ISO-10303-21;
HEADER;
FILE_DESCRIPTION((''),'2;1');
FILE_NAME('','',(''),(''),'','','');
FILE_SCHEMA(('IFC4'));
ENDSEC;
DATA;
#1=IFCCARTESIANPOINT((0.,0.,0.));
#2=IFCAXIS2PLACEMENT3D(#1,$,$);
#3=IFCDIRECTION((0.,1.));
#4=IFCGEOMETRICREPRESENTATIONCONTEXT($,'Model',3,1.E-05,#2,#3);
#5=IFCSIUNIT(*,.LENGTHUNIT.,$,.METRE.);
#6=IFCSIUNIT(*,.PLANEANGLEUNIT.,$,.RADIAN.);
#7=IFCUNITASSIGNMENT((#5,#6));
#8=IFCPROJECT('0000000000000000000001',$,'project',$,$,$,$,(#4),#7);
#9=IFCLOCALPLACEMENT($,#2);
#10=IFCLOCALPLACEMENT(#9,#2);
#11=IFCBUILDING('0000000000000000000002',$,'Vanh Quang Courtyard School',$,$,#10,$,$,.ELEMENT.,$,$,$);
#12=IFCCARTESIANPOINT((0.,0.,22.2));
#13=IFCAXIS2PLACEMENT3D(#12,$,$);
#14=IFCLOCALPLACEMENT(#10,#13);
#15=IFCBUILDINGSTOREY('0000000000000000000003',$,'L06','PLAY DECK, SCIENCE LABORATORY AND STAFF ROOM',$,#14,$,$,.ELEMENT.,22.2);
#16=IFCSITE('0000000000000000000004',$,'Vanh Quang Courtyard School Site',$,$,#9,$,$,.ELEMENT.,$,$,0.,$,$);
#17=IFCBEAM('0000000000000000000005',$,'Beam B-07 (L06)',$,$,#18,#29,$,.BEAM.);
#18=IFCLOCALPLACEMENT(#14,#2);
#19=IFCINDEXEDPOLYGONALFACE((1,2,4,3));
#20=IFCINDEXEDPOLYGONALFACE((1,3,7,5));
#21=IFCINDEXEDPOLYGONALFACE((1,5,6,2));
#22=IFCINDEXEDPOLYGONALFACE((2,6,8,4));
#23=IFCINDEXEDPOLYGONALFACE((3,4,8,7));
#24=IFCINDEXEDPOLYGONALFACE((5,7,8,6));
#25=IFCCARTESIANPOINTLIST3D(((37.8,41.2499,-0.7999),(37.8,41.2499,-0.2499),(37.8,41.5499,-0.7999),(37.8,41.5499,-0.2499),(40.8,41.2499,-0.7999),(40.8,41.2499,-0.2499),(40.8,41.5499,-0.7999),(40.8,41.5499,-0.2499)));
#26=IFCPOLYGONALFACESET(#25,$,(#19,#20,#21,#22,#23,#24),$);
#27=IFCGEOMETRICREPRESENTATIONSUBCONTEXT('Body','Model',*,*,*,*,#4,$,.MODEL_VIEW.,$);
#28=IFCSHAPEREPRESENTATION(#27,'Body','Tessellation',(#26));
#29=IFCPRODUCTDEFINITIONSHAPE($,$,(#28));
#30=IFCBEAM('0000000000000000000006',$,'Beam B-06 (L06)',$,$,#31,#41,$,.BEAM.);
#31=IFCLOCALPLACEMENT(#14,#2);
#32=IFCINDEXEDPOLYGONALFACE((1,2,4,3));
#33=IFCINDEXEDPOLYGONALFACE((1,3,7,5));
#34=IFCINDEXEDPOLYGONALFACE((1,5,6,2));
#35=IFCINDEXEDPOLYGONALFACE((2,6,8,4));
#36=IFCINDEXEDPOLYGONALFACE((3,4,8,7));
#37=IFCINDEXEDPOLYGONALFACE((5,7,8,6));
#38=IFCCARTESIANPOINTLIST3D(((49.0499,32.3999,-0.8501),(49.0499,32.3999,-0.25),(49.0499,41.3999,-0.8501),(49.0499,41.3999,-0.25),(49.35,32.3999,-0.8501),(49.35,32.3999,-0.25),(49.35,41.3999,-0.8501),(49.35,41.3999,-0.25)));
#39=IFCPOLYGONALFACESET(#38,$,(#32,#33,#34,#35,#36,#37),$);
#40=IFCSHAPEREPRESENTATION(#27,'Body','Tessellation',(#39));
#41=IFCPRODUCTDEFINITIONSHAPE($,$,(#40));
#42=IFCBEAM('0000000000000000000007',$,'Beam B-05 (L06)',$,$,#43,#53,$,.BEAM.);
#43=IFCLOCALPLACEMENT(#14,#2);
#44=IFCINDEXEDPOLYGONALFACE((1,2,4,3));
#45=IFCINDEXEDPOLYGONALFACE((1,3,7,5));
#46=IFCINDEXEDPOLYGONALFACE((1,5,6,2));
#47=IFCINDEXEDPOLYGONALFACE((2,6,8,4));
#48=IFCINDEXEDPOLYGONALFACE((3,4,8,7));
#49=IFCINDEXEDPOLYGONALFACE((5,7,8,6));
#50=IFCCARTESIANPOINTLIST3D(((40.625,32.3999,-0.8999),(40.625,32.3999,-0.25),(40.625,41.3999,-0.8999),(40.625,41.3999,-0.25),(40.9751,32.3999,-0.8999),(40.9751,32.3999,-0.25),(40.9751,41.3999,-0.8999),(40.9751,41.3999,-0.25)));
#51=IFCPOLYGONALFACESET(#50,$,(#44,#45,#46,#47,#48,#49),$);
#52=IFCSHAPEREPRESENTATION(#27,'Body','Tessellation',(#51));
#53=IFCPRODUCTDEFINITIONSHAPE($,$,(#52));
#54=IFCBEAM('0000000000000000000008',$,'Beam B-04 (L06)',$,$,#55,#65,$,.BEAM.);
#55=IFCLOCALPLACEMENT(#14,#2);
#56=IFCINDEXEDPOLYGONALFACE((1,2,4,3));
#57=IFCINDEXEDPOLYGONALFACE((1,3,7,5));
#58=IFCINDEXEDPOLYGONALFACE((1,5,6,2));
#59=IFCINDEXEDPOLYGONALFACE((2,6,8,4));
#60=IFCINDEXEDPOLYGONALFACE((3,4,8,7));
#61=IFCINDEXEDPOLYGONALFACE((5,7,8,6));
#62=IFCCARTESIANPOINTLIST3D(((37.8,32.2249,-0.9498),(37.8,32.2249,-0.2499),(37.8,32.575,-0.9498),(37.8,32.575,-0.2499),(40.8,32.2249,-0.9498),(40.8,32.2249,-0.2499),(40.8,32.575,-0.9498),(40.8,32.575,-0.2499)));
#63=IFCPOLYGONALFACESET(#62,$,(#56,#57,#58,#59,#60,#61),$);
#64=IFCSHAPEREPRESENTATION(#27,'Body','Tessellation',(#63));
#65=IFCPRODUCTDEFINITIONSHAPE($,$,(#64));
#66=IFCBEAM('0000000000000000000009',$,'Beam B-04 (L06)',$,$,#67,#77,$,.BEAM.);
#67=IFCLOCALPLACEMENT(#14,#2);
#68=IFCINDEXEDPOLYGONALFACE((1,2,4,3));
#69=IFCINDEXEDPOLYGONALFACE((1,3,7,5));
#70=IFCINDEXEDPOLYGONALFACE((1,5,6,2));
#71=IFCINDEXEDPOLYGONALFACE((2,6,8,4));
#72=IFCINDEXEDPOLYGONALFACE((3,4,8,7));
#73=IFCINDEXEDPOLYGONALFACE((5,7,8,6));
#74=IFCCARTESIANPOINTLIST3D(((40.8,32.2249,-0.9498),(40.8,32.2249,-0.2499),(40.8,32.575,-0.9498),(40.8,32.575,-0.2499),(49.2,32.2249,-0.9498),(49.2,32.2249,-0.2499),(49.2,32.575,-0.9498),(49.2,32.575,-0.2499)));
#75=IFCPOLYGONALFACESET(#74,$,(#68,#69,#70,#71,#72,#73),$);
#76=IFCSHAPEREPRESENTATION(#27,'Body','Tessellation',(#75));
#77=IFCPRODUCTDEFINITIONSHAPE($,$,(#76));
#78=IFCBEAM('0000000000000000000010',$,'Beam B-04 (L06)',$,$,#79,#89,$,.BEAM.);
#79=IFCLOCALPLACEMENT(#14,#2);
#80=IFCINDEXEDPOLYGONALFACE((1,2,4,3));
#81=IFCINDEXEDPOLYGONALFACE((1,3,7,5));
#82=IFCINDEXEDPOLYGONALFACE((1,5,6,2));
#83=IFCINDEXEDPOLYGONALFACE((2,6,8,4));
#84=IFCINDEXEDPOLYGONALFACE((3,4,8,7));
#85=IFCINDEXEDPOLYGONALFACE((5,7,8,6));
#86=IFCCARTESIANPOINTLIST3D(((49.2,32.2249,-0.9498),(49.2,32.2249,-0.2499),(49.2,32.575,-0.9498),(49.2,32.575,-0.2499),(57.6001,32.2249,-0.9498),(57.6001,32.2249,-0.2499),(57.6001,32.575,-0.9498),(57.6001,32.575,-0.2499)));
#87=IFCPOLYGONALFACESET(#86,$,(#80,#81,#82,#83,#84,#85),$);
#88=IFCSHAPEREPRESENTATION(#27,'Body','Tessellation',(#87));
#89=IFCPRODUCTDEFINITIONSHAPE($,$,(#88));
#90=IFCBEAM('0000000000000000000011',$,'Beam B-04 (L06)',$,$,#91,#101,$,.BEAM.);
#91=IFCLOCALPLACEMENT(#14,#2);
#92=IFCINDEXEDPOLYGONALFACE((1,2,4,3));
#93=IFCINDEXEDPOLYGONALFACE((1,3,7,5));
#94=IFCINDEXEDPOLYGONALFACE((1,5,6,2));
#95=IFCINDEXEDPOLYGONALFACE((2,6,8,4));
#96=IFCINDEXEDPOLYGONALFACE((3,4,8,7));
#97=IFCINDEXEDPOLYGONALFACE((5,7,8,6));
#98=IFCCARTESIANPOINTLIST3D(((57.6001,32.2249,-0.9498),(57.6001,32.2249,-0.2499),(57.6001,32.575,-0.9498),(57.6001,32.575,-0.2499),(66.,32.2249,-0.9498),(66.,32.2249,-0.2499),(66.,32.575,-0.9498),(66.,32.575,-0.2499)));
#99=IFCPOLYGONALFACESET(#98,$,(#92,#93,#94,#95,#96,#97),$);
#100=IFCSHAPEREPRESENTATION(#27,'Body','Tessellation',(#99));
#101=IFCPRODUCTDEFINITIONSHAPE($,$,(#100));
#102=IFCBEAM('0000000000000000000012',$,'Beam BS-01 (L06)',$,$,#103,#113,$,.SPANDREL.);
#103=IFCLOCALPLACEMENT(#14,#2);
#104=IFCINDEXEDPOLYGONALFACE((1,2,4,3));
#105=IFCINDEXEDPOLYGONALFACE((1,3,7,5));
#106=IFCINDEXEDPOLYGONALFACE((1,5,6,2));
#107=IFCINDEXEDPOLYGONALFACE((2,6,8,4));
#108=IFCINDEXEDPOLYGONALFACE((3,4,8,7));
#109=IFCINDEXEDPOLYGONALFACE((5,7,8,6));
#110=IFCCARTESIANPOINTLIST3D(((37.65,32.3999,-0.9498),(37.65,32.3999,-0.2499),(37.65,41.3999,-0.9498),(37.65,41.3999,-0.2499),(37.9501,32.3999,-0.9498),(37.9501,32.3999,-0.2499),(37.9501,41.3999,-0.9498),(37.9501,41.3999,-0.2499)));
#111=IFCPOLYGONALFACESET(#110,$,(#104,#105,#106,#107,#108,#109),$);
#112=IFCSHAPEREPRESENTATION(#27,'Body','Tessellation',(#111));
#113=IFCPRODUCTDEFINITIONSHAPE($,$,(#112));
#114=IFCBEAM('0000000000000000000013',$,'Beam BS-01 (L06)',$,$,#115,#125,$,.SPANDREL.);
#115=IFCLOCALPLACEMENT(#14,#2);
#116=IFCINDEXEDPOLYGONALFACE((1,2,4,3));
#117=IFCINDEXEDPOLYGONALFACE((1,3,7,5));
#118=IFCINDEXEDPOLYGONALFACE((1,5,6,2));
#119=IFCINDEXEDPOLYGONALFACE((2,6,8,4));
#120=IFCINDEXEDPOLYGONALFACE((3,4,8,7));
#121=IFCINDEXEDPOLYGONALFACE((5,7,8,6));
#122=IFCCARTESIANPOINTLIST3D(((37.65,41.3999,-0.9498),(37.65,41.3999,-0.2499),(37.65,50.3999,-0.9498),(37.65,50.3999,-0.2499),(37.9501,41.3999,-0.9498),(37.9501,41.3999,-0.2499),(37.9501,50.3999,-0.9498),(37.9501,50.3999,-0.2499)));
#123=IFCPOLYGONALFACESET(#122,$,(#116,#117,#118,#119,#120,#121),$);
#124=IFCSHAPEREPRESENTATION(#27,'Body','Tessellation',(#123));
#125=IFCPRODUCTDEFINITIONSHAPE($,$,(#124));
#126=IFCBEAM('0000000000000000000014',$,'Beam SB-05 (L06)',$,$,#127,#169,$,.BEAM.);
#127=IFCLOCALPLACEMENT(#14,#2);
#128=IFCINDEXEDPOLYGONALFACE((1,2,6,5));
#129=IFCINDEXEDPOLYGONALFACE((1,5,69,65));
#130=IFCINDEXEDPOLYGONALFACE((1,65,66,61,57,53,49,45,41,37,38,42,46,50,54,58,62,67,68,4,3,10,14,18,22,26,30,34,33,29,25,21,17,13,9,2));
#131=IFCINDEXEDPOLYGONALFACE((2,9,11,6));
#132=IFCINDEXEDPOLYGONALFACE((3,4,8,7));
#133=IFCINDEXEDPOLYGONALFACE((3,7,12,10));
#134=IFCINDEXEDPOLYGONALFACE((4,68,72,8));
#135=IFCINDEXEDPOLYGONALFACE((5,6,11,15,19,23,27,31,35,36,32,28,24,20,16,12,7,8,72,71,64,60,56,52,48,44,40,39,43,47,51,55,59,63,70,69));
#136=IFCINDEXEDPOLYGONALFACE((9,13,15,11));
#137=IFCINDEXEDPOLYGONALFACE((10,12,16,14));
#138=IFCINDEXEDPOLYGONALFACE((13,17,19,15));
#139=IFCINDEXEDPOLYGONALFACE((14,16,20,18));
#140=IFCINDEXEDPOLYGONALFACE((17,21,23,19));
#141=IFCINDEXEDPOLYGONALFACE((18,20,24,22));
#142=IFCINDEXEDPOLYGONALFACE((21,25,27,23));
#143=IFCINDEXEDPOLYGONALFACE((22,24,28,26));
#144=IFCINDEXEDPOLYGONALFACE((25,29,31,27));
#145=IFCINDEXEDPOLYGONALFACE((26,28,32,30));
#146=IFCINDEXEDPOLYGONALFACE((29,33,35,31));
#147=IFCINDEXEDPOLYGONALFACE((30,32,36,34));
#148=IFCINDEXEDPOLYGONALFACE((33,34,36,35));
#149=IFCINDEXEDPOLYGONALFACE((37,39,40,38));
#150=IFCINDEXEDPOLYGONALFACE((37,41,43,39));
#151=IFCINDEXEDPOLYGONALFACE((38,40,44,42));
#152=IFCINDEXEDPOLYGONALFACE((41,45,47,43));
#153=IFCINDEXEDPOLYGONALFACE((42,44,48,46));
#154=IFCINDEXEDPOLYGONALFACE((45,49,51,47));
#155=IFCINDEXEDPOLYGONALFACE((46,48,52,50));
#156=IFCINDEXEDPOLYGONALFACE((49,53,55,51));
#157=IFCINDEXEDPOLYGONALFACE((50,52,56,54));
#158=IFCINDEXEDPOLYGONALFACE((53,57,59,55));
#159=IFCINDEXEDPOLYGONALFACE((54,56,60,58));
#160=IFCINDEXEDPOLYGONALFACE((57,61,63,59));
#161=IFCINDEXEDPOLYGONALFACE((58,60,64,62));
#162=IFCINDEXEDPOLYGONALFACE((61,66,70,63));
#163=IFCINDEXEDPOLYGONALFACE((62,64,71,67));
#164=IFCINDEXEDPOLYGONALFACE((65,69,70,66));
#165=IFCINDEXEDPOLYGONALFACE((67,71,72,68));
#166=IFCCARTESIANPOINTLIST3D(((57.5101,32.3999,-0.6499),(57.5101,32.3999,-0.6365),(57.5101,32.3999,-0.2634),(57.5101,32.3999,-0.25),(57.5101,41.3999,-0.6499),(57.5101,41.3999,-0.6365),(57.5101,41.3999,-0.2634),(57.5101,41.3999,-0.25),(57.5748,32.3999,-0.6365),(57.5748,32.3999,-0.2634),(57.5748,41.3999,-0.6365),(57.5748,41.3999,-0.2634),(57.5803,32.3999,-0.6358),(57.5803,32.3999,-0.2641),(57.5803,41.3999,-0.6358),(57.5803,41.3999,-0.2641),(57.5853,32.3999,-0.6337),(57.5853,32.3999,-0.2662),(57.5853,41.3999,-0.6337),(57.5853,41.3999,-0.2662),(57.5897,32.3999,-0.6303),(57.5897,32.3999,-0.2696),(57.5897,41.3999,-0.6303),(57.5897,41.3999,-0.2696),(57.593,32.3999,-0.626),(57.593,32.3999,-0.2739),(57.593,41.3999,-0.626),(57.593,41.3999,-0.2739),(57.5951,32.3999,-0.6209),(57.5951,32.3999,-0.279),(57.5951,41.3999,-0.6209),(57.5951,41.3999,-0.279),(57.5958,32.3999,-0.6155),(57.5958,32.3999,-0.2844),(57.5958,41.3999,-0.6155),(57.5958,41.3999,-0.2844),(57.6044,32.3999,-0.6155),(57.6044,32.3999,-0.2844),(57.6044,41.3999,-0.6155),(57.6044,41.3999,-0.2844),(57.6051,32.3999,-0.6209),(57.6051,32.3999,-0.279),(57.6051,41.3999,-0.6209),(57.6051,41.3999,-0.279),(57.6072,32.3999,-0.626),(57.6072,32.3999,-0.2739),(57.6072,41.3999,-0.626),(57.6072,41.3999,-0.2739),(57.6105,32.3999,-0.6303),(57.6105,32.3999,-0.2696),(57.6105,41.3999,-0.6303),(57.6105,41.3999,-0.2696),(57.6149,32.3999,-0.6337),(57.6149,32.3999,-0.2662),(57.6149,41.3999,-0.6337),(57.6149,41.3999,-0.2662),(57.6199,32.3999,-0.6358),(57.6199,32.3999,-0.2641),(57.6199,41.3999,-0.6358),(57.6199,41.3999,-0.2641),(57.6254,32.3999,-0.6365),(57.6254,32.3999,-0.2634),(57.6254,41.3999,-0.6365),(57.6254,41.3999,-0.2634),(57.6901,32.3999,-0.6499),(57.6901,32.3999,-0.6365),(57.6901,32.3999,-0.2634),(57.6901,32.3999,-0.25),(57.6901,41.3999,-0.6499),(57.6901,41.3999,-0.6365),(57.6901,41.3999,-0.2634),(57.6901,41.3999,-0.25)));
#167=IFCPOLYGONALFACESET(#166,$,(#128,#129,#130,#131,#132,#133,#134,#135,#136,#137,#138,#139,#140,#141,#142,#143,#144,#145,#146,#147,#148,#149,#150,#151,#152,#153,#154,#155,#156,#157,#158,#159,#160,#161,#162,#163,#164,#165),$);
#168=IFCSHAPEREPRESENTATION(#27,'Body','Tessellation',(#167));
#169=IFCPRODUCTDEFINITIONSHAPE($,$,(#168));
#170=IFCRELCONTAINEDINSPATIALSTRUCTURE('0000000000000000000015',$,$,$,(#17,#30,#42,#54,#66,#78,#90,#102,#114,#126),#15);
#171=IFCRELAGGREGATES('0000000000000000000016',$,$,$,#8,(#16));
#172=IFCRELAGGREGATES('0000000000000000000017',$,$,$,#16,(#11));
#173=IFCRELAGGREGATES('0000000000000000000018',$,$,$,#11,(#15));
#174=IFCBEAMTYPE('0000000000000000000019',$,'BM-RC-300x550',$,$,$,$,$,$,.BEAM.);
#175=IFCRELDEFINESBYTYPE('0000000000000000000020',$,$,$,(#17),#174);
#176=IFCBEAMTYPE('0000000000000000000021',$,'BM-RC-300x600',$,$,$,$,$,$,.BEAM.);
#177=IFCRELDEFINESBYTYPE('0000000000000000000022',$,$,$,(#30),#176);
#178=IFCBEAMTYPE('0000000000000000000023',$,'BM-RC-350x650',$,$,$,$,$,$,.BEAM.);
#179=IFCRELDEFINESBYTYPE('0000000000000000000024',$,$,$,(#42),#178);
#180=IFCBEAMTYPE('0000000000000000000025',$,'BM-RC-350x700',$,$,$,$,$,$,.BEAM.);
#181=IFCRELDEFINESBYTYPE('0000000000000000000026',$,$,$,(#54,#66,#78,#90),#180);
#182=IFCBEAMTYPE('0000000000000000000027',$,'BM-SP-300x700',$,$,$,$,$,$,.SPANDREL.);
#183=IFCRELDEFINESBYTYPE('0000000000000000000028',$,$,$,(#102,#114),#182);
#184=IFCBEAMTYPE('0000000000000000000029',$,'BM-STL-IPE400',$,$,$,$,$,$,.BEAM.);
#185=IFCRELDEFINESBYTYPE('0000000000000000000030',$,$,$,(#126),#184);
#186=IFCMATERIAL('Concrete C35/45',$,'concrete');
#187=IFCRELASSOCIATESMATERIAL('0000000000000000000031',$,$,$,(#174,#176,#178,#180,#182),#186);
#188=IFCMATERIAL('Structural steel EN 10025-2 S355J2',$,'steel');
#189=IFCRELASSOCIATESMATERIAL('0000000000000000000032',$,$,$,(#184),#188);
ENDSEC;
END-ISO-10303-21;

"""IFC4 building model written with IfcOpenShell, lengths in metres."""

from ifc_helpers import new_model, si_unit, direction, frame, origin, origin_2d, place, context, subcontext, project, spatial, rectangle, i_section, extrude, material, material_profile, profile_set, type_object, element, save


model = new_model("IFC4")

# Units and contexts
model_context = context("Model", 3, precision=1e-05, world=origin(), true_north=direction((0.0, 1.0)))
body_context = subcontext(model_context, "Body", "Model", "MODEL_VIEW")
ifc_project = project(units=[si_unit("LENGTHUNIT", "METRE"), si_unit("PLANEANGLEUNIT", "RADIAN")], contexts=[model_context])

# Site, building, storey
site_placement = place(None, origin())
site = spatial("IfcSite", under=ifc_project, at=site_placement, Name="Vanh Quang Courtyard School Site", CompositionType="ELEMENT", RefElevation=0.0)
building_placement = place(site_placement, origin())
building = spatial("IfcBuilding", under=site, at=building_placement, Name="Vanh Quang Courtyard School", CompositionType="ELEMENT")
storey_placement = place(building_placement, frame((0.0, 0.0, 22.2)))
storey = spatial("IfcBuildingStorey", under=building, at=storey_placement, Name="L06", Description="PLAY DECK, SCIENCE LABORATORY AND STAFF ROOM", CompositionType="ELEMENT", Elevation=22.2)

# Beams
ifc_material_1 = material(Name="Concrete C35/45", Category="concrete")
ifc_material_profile_1 = material_profile(ifc_material_1, rectangle(XDim=0.3, YDim=0.55, at=origin_2d()), Name="RC-BM 300x550")
ifc_profile_set_1 = profile_set([ifc_material_profile_1], Name="Concrete C35/45")
beam_type_1 = type_object("IfcBeamType", Name="BM-RC-300x550", PredefinedType="BEAM", material=ifc_profile_set_1)
beam_1_placement = place(storey_placement, frame((37.8, 41.3999, -0.5249), z_axis=(1.0, 0.0, 0.0), x_axis=(0.0, 1.0, 0.0)))
element("IfcBeam", 1, at=beam_1_placement, inside=storey, type_object=beam_type_1, Name="Beam B-07 (L06)", PredefinedType="BEAM", context=body_context, shape_type="SweptSolid", body=[
    extrude(rectangle(XDim=0.3, YDim=0.55, at=origin_2d()), origin(), (0.0, 0.0, 1.0), 3.0),
])
ifc_material_profile_2 = material_profile(ifc_material_1, rectangle(XDim=0.3, YDim=0.6001, at=origin_2d()), Name="RC-BM 300x600")
ifc_profile_set_2 = profile_set([ifc_material_profile_2], Name="Concrete C35/45")
beam_type_2 = type_object("IfcBeamType", Name="BM-RC-300x600", PredefinedType="BEAM", material=ifc_profile_set_2)
beam_2_placement = place(storey_placement, frame((49.2, 32.3999, -0.55), z_axis=(0.0, 1.0, 0.0), x_axis=(-1.0, 0.0, 0.0)))
element("IfcBeam", 2, at=beam_2_placement, inside=storey, type_object=beam_type_2, Name="Beam B-06 (L06)", PredefinedType="BEAM", context=body_context, shape_type="SweptSolid", body=[
    extrude(rectangle(XDim=0.3, YDim=0.6001, at=origin_2d()), origin(), (0.0, 0.0, 1.0), 9.0),
])
ifc_material_profile_3 = material_profile(ifc_material_1, rectangle(XDim=0.3501, YDim=0.6499, at=origin_2d()), Name="RC-BM 350x650")
ifc_profile_set_3 = profile_set([ifc_material_profile_3], Name="Concrete C35/45")
beam_type_3 = type_object("IfcBeamType", Name="BM-RC-350x650", PredefinedType="BEAM", material=ifc_profile_set_3)
beam_3_placement = place(storey_placement, frame((40.8, 32.3999, -0.575), z_axis=(0.0, 1.0, 0.0), x_axis=(-1.0, 0.0, 0.0)))
element("IfcBeam", 3, at=beam_3_placement, inside=storey, type_object=beam_type_3, Name="Beam B-05 (L06)", PredefinedType="BEAM", context=body_context, shape_type="SweptSolid", body=[
    extrude(rectangle(XDim=0.3501, YDim=0.6499, at=origin_2d()), origin(), (0.0, 0.0, 1.0), 9.0),
])
ifc_material_profile_4 = material_profile(ifc_material_1, rectangle(XDim=0.3501, YDim=0.7, at=origin_2d()), Name="RC-BM 350x700")
ifc_profile_set_4 = profile_set([ifc_material_profile_4], Name="Concrete C35/45")
beam_type_4 = type_object("IfcBeamType", Name="BM-RC-350x700", PredefinedType="BEAM", material=ifc_profile_set_4)
beam_4_placement = place(storey_placement, frame((37.8, 32.3999, -0.5999), z_axis=(1.0, 0.0, 0.0), x_axis=(0.0, 1.0, 0.0)))
element("IfcBeam", 4, at=beam_4_placement, inside=storey, type_object=beam_type_4, Name="Beam B-04 (L06)", PredefinedType="BEAM", context=body_context, shape_type="SweptSolid", body=[
    extrude(rectangle(XDim=0.3501, YDim=0.7, at=origin_2d()), origin(), (0.0, 0.0, 1.0), 3.0),
])
beam_5_placement = place(storey_placement, frame((40.8, 32.3999, -0.5999), z_axis=(1.0, 0.0, 0.0), x_axis=(0.0, 1.0, 0.0)))
element("IfcBeam", 5, at=beam_5_placement, inside=storey, type_object=beam_type_4, Name="Beam B-04 (L06)", PredefinedType="BEAM", context=body_context, shape_type="SweptSolid", body=[
    extrude(rectangle(XDim=0.3501, YDim=0.7, at=origin_2d()), origin(), (0.0, 0.0, 1.0), 8.3999),
])
beam_6_placement = place(storey_placement, frame((49.2, 32.3999, -0.5999), z_axis=(1.0, 0.0, 0.0), x_axis=(0.0, 1.0, 0.0)))
element("IfcBeam", 6, at=beam_6_placement, inside=storey, type_object=beam_type_4, Name="Beam B-04 (L06)", PredefinedType="BEAM", context=body_context, shape_type="SweptSolid", body=[
    extrude(rectangle(XDim=0.3501, YDim=0.7, at=origin_2d()), origin(), (0.0, 0.0, 1.0), 8.4001),
])
beam_7_placement = place(storey_placement, frame((57.6001, 32.3999, -0.5999), z_axis=(1.0, 0.0, 0.0), x_axis=(0.0, 1.0, 0.0)))
element("IfcBeam", 7, at=beam_7_placement, inside=storey, type_object=beam_type_4, Name="Beam B-04 (L06)", PredefinedType="BEAM", context=body_context, shape_type="SweptSolid", body=[
    extrude(rectangle(XDim=0.3501, YDim=0.7, at=origin_2d()), origin(), (0.0, 0.0, 1.0), 8.3999),
])
ifc_material_profile_5 = material_profile(ifc_material_1, rectangle(XDim=0.3, YDim=0.7, at=origin_2d()), Name="RC-SP 300x700")
ifc_profile_set_5 = profile_set([ifc_material_profile_5], Name="Concrete C35/45")
beam_type_5 = type_object("IfcBeamType", Name="BM-SP-300x700", PredefinedType="SPANDREL", material=ifc_profile_set_5)
for number, where, z_axis, x_axis, name in (
    (8, (37.8, 32.3999, -0.5999), (0.0, 1.0, 0.0), (-1.0, 0.0, 0.0), "Beam BS-01 (L06)"),
    (9, (37.8, 41.3999, -0.5999), (0.0, 1.0, 0.0), (-1.0, 0.0, 0.0), "Beam BS-01 (L06)"),
):
    element("IfcBeam", number, at=place(storey_placement, frame(where, z_axis=z_axis, x_axis=x_axis)), inside=storey, type_object=beam_type_5, Name=name, PredefinedType="SPANDREL", context=body_context, shape_type="SweptSolid", body=[
        extrude(rectangle(XDim=0.3, YDim=0.7, at=origin_2d()), origin(), (0.0, 0.0, 1.0), 9.0),
    ])
ifc_material_2 = material(Name="Structural steel EN 10025-2 S355J2", Category="steel")
ifc_material_profile_6 = material_profile(ifc_material_2, i_section(OverallWidth=0.1799, OverallDepth=0.3999, WebThickness=0.0085, FlangeThickness=0.0134, FilletRadius=0.021, at=origin_2d()), Name="IPE 400")
ifc_profile_set_6 = profile_set([ifc_material_profile_6], Name="Structural steel EN 10025-2 S355J2")
beam_type_6 = type_object("IfcBeamType", Name="BM-STL-IPE400", PredefinedType="BEAM", material=ifc_profile_set_6)
beam_8_placement = place(storey_placement, frame((57.6001, 32.3999, -0.45), z_axis=(0.0, 1.0, 0.0), x_axis=(-1.0, 0.0, 0.0)))
element("IfcBeam", 10, at=beam_8_placement, inside=storey, type_object=beam_type_6, Name="Beam SB-05 (L06)", PredefinedType="BEAM", context=body_context, shape_type="SweptSolid", body=[
    extrude(i_section(OverallWidth=0.1799, OverallDepth=0.3999, WebThickness=0.0085, FlangeThickness=0.0134, FilletRadius=0.021, at=origin_2d()), origin(), (0.0, 0.0, 1.0), 9.0),
])

save(model, "model.ifc")
